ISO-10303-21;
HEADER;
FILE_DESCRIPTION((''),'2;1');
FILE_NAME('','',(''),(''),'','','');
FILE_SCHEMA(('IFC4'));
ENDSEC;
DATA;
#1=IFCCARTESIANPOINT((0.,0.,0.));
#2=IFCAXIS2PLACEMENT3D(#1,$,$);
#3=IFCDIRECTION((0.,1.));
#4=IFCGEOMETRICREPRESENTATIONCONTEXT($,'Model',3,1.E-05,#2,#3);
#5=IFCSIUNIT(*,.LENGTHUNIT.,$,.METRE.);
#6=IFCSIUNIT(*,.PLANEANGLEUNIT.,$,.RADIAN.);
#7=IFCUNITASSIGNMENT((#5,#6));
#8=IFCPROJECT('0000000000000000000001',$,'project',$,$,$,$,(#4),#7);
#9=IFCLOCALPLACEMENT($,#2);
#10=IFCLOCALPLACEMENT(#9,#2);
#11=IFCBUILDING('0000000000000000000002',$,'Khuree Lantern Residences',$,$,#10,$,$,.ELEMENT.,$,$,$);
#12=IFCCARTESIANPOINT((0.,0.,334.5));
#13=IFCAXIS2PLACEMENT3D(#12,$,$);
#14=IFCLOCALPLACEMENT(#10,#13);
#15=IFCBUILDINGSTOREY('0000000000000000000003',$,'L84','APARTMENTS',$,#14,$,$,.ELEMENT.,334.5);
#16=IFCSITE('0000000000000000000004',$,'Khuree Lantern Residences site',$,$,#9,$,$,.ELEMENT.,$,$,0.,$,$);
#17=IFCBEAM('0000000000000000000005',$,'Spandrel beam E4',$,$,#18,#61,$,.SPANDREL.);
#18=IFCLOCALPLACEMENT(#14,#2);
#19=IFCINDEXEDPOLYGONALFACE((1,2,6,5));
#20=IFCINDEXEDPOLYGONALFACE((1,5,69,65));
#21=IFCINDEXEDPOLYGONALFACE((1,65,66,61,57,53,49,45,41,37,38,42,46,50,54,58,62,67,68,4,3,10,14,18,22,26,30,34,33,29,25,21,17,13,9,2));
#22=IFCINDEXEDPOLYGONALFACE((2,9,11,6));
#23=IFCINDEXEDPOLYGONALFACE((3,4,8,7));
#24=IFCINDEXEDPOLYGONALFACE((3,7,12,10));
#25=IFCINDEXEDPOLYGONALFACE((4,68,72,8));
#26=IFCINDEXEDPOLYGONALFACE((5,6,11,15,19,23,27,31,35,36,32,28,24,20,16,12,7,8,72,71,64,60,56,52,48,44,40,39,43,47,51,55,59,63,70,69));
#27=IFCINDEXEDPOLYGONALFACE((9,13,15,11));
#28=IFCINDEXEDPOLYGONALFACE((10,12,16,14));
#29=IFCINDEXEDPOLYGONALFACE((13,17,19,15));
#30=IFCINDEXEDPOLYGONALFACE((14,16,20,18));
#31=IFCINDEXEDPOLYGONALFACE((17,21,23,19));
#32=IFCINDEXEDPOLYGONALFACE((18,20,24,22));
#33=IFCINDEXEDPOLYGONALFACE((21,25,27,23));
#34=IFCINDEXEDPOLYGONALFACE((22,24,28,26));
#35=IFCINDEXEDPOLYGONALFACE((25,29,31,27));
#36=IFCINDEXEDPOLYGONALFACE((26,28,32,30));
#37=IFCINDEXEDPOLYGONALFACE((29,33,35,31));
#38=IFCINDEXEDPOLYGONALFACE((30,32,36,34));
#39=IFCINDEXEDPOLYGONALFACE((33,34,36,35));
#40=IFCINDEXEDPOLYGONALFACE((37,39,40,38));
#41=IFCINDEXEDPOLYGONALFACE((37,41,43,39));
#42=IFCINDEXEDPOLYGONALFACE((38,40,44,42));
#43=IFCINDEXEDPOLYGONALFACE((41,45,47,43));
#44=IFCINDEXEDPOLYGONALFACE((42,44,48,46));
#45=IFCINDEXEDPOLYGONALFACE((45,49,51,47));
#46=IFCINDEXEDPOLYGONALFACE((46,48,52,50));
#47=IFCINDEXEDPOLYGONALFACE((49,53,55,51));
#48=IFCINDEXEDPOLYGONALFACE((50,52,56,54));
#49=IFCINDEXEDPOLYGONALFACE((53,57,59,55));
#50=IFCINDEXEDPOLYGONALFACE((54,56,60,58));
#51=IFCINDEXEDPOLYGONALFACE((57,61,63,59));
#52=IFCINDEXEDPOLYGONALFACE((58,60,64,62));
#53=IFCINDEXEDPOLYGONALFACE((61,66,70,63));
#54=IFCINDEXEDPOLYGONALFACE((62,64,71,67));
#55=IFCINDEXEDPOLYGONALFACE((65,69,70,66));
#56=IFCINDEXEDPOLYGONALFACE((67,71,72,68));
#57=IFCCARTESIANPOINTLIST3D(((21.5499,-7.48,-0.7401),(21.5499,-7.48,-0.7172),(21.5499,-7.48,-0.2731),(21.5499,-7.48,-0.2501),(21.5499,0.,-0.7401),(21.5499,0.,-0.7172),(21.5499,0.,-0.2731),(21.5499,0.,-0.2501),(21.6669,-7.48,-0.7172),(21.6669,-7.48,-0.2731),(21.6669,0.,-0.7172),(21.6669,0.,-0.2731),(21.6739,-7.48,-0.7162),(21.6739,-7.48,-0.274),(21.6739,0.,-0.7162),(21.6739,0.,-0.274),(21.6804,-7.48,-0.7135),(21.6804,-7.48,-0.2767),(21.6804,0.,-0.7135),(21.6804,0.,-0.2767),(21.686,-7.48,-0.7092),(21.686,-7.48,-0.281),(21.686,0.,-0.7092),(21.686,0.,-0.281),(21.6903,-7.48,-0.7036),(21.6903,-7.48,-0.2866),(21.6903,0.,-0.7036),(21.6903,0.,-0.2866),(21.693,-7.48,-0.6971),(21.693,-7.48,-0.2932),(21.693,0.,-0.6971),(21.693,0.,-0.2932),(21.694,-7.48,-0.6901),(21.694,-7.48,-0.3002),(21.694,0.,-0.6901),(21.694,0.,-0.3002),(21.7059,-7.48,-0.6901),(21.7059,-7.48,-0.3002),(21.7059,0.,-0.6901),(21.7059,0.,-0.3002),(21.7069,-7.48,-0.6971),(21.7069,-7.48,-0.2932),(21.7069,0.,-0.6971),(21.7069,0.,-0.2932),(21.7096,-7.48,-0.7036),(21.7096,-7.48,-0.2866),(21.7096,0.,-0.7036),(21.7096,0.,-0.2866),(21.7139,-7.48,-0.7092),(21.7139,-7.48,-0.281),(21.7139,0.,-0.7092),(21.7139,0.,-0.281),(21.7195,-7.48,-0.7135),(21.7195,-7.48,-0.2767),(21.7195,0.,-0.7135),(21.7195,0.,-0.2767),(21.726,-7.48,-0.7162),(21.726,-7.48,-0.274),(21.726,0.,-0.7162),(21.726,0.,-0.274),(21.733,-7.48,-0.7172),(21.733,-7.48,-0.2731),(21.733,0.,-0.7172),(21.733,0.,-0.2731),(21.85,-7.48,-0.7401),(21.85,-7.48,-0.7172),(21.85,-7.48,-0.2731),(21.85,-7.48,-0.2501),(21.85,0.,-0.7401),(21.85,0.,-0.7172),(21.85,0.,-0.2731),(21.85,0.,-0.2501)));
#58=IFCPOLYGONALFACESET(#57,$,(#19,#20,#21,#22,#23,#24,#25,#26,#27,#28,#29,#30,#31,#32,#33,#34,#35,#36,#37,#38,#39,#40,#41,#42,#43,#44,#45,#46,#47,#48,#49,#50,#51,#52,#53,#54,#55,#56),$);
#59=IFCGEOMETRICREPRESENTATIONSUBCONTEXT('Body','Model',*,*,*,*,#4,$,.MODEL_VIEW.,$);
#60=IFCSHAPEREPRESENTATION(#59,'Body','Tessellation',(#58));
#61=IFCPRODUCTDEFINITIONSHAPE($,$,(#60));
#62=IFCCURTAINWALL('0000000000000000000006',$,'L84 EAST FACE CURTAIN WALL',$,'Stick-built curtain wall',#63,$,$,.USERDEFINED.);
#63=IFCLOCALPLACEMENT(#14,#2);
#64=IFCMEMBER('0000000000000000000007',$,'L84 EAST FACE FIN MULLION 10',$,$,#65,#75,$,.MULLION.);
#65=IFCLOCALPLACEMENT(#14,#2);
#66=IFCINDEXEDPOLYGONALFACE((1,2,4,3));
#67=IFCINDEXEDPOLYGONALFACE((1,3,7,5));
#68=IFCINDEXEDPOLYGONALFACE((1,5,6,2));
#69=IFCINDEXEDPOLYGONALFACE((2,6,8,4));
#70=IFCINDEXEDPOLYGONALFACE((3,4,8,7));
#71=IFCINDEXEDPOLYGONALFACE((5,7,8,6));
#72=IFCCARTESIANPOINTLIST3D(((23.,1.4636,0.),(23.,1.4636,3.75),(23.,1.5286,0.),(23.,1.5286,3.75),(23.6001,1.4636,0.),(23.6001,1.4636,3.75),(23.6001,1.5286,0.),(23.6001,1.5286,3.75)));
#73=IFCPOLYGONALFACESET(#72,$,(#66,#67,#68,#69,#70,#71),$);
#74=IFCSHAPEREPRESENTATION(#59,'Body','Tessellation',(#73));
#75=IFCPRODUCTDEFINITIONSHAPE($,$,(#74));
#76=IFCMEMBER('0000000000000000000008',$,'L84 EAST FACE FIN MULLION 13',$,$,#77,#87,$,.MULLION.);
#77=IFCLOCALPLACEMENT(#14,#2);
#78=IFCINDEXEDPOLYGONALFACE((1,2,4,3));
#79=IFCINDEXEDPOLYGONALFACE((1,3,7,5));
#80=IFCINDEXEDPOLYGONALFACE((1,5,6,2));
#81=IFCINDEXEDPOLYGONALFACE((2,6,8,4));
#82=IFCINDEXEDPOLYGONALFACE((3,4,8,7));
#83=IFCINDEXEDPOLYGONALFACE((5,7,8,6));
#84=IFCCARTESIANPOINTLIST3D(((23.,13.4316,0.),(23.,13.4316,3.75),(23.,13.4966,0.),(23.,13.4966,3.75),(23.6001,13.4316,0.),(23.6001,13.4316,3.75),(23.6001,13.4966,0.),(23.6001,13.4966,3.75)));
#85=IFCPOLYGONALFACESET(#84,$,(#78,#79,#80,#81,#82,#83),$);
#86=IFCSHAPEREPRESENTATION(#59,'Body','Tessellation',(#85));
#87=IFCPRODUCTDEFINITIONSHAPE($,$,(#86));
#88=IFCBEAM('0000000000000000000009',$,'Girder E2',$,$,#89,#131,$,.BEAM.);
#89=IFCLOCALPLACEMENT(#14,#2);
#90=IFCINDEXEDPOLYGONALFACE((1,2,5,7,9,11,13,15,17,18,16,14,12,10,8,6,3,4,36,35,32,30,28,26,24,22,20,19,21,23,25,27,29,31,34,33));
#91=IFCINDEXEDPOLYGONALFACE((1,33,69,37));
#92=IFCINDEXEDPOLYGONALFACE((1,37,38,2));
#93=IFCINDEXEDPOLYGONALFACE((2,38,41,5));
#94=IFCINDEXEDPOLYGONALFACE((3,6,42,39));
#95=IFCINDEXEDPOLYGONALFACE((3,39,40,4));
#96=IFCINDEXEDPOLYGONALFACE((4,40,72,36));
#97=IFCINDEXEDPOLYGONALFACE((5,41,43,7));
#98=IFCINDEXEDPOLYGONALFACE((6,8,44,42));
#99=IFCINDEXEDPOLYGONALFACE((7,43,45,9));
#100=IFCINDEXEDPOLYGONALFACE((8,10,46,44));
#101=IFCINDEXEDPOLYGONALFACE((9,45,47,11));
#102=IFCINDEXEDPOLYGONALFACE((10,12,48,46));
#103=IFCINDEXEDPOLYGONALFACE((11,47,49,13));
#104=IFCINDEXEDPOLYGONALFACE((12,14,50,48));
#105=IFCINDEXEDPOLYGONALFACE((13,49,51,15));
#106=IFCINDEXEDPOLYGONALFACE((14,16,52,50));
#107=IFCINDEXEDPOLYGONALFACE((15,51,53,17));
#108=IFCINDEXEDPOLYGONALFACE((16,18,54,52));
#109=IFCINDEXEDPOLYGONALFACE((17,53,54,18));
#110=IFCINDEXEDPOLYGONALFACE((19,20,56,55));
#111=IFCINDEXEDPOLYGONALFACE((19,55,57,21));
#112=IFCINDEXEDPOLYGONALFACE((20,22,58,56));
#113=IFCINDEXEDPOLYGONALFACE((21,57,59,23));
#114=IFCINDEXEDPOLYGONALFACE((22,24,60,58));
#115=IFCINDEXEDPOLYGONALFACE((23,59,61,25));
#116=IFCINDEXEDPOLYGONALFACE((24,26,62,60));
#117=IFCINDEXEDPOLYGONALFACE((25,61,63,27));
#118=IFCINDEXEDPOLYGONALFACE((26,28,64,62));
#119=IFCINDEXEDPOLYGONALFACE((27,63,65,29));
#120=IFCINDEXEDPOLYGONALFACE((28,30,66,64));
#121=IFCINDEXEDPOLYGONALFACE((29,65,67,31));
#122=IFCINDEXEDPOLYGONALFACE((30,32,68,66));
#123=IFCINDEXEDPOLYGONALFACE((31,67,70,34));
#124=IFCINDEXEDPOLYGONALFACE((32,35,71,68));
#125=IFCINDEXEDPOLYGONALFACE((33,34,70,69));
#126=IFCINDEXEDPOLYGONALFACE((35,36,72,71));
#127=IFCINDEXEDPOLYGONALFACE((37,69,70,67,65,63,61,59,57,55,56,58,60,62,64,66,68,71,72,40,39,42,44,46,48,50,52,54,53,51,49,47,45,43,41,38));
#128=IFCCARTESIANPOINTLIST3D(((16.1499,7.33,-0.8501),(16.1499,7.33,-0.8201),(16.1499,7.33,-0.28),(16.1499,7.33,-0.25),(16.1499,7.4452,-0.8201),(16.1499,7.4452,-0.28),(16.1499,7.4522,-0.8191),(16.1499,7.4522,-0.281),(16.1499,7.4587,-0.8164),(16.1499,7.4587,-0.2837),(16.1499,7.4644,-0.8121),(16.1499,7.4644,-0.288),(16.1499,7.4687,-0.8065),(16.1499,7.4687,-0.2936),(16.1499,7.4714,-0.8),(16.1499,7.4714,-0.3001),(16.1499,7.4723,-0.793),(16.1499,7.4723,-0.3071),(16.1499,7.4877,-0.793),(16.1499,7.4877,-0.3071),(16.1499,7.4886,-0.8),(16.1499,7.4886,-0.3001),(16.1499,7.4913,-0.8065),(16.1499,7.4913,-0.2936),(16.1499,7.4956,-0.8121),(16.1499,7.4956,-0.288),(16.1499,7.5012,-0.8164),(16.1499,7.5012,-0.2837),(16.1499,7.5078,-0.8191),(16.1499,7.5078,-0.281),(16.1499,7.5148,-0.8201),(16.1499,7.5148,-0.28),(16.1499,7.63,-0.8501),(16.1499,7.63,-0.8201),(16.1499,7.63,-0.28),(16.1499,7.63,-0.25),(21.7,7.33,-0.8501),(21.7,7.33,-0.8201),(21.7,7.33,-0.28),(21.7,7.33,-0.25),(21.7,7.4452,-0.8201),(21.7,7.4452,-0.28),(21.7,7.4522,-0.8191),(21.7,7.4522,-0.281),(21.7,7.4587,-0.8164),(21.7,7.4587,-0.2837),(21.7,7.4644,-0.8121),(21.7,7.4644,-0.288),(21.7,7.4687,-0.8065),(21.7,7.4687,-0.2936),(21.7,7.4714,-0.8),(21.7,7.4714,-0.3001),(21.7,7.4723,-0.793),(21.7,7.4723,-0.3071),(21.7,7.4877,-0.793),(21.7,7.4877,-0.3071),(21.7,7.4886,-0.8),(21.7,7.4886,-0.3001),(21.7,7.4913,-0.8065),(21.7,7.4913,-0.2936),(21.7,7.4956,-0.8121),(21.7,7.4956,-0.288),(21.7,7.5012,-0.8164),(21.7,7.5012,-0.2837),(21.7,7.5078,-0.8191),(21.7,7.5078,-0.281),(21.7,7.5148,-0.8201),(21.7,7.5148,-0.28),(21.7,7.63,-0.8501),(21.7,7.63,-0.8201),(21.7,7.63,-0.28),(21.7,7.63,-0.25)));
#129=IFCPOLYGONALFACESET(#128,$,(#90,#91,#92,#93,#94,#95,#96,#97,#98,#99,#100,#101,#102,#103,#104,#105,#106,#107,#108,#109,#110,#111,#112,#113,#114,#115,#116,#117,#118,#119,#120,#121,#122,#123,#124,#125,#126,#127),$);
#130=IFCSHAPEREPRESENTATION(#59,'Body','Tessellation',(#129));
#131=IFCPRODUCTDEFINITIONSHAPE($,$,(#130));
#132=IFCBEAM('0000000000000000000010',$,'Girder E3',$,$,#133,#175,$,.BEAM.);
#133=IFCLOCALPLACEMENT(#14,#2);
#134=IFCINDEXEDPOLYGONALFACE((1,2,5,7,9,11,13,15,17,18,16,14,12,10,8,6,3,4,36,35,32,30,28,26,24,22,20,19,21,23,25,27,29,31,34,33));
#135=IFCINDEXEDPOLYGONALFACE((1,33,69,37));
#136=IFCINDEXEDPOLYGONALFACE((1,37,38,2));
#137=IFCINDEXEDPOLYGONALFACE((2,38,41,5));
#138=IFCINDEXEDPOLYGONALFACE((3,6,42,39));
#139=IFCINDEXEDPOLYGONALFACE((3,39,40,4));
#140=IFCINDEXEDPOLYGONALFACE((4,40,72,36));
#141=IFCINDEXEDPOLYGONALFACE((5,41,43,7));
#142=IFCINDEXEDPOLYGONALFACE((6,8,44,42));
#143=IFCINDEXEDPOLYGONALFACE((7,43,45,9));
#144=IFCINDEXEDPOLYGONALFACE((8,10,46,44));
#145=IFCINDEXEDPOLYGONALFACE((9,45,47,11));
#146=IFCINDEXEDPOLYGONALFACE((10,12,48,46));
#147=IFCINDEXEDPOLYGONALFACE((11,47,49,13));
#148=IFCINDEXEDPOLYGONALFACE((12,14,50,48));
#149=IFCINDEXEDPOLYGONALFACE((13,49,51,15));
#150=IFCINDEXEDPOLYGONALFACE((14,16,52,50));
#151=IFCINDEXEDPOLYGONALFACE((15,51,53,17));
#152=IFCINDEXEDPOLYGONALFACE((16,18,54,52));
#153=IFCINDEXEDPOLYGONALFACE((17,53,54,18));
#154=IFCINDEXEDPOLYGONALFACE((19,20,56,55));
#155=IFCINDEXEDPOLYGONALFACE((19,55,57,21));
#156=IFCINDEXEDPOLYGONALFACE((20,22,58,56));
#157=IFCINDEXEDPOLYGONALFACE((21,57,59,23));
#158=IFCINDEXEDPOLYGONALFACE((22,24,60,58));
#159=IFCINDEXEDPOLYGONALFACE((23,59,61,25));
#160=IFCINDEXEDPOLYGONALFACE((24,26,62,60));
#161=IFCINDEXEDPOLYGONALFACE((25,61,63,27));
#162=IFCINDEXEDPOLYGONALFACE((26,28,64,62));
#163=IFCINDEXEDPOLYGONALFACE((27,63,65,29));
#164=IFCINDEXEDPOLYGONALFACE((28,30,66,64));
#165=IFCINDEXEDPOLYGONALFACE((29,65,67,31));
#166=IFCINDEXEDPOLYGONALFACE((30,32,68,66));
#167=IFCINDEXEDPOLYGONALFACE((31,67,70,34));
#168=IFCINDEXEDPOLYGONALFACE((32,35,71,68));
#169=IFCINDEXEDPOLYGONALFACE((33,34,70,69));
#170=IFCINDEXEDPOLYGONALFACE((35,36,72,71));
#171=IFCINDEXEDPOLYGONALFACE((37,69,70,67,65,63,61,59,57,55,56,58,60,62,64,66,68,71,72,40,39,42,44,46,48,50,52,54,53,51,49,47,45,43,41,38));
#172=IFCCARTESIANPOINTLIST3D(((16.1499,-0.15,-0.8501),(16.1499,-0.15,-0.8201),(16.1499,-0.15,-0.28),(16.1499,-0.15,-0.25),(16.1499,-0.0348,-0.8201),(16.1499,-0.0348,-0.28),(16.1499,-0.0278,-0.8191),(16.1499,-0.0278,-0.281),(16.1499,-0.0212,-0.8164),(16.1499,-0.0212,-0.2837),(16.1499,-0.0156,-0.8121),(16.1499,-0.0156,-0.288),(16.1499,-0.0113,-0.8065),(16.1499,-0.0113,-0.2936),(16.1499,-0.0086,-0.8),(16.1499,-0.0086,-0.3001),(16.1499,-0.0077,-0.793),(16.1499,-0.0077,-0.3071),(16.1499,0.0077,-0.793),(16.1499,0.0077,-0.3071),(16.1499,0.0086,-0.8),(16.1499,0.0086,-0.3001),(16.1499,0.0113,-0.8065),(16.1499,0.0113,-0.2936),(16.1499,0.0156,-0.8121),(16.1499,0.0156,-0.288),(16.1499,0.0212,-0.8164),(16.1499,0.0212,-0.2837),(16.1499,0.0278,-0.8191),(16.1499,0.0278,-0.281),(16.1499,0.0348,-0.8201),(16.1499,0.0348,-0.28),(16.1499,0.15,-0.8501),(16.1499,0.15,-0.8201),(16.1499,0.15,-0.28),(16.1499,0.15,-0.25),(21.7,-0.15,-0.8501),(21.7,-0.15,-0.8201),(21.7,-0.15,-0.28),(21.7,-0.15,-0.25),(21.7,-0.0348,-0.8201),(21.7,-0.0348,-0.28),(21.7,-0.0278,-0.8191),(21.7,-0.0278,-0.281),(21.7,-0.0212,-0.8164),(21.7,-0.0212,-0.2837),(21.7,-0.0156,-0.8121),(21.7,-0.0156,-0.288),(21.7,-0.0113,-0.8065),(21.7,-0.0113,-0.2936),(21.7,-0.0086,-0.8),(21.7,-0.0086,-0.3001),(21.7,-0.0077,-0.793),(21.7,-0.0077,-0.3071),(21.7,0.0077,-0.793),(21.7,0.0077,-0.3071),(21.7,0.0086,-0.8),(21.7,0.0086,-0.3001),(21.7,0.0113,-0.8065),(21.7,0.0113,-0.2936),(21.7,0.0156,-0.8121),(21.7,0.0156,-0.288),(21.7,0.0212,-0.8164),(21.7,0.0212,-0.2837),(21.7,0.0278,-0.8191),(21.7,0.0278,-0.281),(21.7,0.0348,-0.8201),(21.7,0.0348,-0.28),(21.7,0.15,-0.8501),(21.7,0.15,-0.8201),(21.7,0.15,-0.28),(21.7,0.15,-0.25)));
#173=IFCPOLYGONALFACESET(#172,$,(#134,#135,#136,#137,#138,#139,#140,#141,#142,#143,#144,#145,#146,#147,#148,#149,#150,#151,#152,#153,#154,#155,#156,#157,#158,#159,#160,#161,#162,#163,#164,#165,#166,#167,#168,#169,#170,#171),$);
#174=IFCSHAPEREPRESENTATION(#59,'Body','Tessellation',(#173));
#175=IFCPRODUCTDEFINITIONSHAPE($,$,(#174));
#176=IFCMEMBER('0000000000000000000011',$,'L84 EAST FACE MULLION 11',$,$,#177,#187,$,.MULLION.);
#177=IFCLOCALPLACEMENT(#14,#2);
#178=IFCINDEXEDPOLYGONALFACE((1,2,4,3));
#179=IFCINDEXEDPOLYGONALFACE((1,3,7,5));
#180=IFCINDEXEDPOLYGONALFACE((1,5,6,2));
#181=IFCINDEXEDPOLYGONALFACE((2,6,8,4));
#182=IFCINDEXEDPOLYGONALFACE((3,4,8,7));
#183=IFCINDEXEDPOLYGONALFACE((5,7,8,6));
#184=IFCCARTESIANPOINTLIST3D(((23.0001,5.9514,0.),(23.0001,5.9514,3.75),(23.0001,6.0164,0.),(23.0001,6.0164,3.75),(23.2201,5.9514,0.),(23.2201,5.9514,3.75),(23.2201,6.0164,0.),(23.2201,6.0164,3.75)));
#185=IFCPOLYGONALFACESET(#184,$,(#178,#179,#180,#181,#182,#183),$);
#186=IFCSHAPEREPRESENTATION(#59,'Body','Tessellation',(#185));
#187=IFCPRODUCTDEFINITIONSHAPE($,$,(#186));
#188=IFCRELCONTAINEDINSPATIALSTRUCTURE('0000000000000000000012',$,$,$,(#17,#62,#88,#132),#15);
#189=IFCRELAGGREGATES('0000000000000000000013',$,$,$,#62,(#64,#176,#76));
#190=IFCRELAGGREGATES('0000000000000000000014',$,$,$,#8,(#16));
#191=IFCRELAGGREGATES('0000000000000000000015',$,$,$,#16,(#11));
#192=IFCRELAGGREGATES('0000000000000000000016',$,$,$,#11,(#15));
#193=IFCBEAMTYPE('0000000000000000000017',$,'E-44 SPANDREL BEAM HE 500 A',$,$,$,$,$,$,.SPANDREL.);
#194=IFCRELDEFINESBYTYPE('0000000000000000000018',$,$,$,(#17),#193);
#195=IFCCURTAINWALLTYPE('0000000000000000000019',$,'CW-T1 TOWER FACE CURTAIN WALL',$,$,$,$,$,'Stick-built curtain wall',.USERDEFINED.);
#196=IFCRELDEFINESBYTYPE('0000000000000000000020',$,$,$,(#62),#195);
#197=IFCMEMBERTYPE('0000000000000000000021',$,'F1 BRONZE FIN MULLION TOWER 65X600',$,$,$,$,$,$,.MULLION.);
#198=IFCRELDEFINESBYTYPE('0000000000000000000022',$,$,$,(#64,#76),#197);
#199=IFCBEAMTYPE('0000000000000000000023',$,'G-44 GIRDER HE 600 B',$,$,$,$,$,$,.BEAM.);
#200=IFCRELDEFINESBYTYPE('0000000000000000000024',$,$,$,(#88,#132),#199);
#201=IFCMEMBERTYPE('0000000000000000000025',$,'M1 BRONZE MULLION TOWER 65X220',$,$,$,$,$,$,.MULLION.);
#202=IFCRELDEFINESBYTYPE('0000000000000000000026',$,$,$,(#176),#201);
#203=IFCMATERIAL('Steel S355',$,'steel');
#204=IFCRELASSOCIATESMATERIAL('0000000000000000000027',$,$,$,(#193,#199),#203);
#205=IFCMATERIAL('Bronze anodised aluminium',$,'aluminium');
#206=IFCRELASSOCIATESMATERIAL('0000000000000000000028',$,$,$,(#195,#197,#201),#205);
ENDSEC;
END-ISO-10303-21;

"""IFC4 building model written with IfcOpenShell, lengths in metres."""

from ifc_helpers import new_model, si_unit, direction, frame, origin, origin_2d, place, context, subcontext, project, spatial, rectangle, i_section, extrude, material, material_profile, profile_set, type_object, element, aggregate, save


model = new_model("IFC4")

# Units and contexts
model_context = context("Model", 3, precision=1e-05, world=origin(), true_north=direction((0.0, 1.0)))
body_context = subcontext(model_context, "Body", "Model", "MODEL_VIEW")
ifc_project = project(units=[si_unit("LENGTHUNIT", "METRE"), si_unit("PLANEANGLEUNIT", "RADIAN")], contexts=[model_context])

# Site, building, storey
site_placement = place(None, origin())
site = spatial("IfcSite", under=ifc_project, at=site_placement, Name="Khuree Lantern Residences site", CompositionType="ELEMENT", RefElevation=0.0)
building_placement = place(site_placement, origin())
building = spatial("IfcBuilding", under=site, at=building_placement, Name="Khuree Lantern Residences", CompositionType="ELEMENT")
storey_placement = place(building_placement, frame((0.0, 0.0, 334.5)))
storey = spatial("IfcBuildingStorey", under=building, at=storey_placement, Name="L84", Description="APARTMENTS", CompositionType="ELEMENT", Elevation=334.5)

# Beam
ifc_material_1 = material(Name="Steel S355", Category="steel")
ifc_material_profile_1 = material_profile(ifc_material_1, i_section(OverallWidth=0.3, OverallDepth=0.49, WebThickness=0.012, FlangeThickness=0.0229, FilletRadius=0.0271, at=origin_2d()), Name="HE 500 A")
ifc_profile_set_1 = profile_set([ifc_material_profile_1], Name="Steel S355")
beam_type_1 = type_object("IfcBeamType", Name="E-44 SPANDREL BEAM HE 500 A", PredefinedType="SPANDREL", material=ifc_profile_set_1)
for number, where, z_axis, x_axis, name in (
    (1, (21.7, 0.0, -0.4951), (0.0, -1.0, 0.0), (1.0, 0.0, 0.0), "Spandrel beam E4"),
):
    element("IfcBeam", number, at=place(storey_placement, frame(where, z_axis=z_axis, x_axis=x_axis)), inside=storey, type_object=beam_type_1, Name=name, PredefinedType="SPANDREL", context=body_context, shape_type="SweptSolid", body=[
        extrude(i_section(OverallWidth=0.3, OverallDepth=0.49, WebThickness=0.012, FlangeThickness=0.0229, FilletRadius=0.0271, at=origin_2d()), origin(), (0.0, 0.0, 1.0), 7.48),
    ])

# Curtain wall, members
ifc_material_2 = material(Name="Bronze anodised aluminium", Category="aluminium")
curtain_wall_type = type_object("IfcCurtainWallType", Name="CW-T1 TOWER FACE CURTAIN WALL", ElementType="Stick-built curtain wall", PredefinedType="USERDEFINED", material=ifc_material_2)
curtain_wall_placement = place(storey_placement, origin())
curtain_wall = element("IfcCurtainWall", 2, at=curtain_wall_placement, inside=storey, type_object=curtain_wall_type, Name="L84 EAST FACE CURTAIN WALL", ObjectType="Stick-built curtain wall", PredefinedType="USERDEFINED")
ifc_material_profile_2 = material_profile(ifc_material_2, rectangle(XDim=0.0649, YDim=0.6001, at=origin_2d()), Name="F1 65X600")
ifc_profile_set_2 = profile_set([ifc_material_profile_2], Name="Bronze anodised aluminium")
member_type_1 = type_object("IfcMemberType", Name="F1 BRONZE FIN MULLION TOWER 65X600", PredefinedType="MULLION", material=ifc_profile_set_2)
member_1_placement = place(storey_placement, frame((23.3, 1.4961, 0.0), z_axis=(0.0, 0.0, 1.0), x_axis=(0.0, 1.0, 0.0)))
member_1 = element("IfcMember", 3, at=member_1_placement, type_object=member_type_1, Name="L84 EAST FACE FIN MULLION 10", PredefinedType="MULLION", context=body_context, shape_type="SweptSolid", body=[
    extrude(rectangle(XDim=0.0649, YDim=0.6001, at=origin_2d()), origin(), (0.0, 0.0, 1.0), 3.75),
])
member_2_placement = place(storey_placement, frame((23.3, 13.4641, 0.0), z_axis=(0.0, 0.0, 1.0), x_axis=(0.0, 1.0, 0.0)))
member_2 = element("IfcMember", 4, at=member_2_placement, type_object=member_type_1, Name="L84 EAST FACE FIN MULLION 13", PredefinedType="MULLION", context=body_context, shape_type="SweptSolid", body=[
    extrude(rectangle(XDim=0.0649, YDim=0.6001, at=origin_2d()), origin(), (0.0, 0.0, 1.0), 3.75),
])

# Beams
ifc_material_profile_3 = material_profile(ifc_material_1, i_section(OverallWidth=0.3, OverallDepth=0.6001, WebThickness=0.0154, FlangeThickness=0.03, FilletRadius=0.0271, at=origin_2d()), Name="HE 600 B")
ifc_profile_set_3 = profile_set([ifc_material_profile_3], Name="Steel S355")
beam_type_2 = type_object("IfcBeamType", Name="G-44 GIRDER HE 600 B", PredefinedType="BEAM", material=ifc_profile_set_3)
for number, where, z_axis, x_axis, name in (
    (5, (21.7, 7.48, -0.55), (-1.0, 0.0, 0.0), (0.0, -1.0, 0.0), "Girder E2"),
    (6, (21.7, 0.0, -0.55), (-1.0, 0.0, 0.0), (0.0, -1.0, 0.0), "Girder E3"),
):
    element("IfcBeam", number, at=place(storey_placement, frame(where, z_axis=z_axis, x_axis=x_axis)), inside=storey, type_object=beam_type_2, Name=name, PredefinedType="BEAM", context=body_context, shape_type="SweptSolid", body=[
        extrude(i_section(OverallWidth=0.3, OverallDepth=0.6001, WebThickness=0.0154, FlangeThickness=0.03, FilletRadius=0.0271, at=origin_2d()), origin(), (0.0, 0.0, 1.0), 5.55),
    ])

# Member
ifc_material_profile_4 = material_profile(ifc_material_2, rectangle(XDim=0.0649, YDim=0.22, at=origin_2d()), Name="M1 65X220")
ifc_profile_set_4 = profile_set([ifc_material_profile_4], Name="Bronze anodised aluminium")
member_type_2 = type_object("IfcMemberType", Name="M1 BRONZE MULLION TOWER 65X220", PredefinedType="MULLION", material=ifc_profile_set_4)
member_3_placement = place(storey_placement, frame((23.1101, 5.9839, 0.0), z_axis=(0.0, 0.0, 1.0), x_axis=(0.0, 1.0, 0.0)))
member_3 = element("IfcMember", 7, at=member_3_placement, type_object=member_type_2, Name="L84 EAST FACE MULLION 11", PredefinedType="MULLION", context=body_context, shape_type="SweptSolid", body=[
    extrude(rectangle(XDim=0.0649, YDim=0.22, at=origin_2d()), origin(), (0.0, 0.0, 1.0), 3.75),
])

aggregate(curtain_wall, [member_1, member_3, member_2])

save(model, "model.ifc")
